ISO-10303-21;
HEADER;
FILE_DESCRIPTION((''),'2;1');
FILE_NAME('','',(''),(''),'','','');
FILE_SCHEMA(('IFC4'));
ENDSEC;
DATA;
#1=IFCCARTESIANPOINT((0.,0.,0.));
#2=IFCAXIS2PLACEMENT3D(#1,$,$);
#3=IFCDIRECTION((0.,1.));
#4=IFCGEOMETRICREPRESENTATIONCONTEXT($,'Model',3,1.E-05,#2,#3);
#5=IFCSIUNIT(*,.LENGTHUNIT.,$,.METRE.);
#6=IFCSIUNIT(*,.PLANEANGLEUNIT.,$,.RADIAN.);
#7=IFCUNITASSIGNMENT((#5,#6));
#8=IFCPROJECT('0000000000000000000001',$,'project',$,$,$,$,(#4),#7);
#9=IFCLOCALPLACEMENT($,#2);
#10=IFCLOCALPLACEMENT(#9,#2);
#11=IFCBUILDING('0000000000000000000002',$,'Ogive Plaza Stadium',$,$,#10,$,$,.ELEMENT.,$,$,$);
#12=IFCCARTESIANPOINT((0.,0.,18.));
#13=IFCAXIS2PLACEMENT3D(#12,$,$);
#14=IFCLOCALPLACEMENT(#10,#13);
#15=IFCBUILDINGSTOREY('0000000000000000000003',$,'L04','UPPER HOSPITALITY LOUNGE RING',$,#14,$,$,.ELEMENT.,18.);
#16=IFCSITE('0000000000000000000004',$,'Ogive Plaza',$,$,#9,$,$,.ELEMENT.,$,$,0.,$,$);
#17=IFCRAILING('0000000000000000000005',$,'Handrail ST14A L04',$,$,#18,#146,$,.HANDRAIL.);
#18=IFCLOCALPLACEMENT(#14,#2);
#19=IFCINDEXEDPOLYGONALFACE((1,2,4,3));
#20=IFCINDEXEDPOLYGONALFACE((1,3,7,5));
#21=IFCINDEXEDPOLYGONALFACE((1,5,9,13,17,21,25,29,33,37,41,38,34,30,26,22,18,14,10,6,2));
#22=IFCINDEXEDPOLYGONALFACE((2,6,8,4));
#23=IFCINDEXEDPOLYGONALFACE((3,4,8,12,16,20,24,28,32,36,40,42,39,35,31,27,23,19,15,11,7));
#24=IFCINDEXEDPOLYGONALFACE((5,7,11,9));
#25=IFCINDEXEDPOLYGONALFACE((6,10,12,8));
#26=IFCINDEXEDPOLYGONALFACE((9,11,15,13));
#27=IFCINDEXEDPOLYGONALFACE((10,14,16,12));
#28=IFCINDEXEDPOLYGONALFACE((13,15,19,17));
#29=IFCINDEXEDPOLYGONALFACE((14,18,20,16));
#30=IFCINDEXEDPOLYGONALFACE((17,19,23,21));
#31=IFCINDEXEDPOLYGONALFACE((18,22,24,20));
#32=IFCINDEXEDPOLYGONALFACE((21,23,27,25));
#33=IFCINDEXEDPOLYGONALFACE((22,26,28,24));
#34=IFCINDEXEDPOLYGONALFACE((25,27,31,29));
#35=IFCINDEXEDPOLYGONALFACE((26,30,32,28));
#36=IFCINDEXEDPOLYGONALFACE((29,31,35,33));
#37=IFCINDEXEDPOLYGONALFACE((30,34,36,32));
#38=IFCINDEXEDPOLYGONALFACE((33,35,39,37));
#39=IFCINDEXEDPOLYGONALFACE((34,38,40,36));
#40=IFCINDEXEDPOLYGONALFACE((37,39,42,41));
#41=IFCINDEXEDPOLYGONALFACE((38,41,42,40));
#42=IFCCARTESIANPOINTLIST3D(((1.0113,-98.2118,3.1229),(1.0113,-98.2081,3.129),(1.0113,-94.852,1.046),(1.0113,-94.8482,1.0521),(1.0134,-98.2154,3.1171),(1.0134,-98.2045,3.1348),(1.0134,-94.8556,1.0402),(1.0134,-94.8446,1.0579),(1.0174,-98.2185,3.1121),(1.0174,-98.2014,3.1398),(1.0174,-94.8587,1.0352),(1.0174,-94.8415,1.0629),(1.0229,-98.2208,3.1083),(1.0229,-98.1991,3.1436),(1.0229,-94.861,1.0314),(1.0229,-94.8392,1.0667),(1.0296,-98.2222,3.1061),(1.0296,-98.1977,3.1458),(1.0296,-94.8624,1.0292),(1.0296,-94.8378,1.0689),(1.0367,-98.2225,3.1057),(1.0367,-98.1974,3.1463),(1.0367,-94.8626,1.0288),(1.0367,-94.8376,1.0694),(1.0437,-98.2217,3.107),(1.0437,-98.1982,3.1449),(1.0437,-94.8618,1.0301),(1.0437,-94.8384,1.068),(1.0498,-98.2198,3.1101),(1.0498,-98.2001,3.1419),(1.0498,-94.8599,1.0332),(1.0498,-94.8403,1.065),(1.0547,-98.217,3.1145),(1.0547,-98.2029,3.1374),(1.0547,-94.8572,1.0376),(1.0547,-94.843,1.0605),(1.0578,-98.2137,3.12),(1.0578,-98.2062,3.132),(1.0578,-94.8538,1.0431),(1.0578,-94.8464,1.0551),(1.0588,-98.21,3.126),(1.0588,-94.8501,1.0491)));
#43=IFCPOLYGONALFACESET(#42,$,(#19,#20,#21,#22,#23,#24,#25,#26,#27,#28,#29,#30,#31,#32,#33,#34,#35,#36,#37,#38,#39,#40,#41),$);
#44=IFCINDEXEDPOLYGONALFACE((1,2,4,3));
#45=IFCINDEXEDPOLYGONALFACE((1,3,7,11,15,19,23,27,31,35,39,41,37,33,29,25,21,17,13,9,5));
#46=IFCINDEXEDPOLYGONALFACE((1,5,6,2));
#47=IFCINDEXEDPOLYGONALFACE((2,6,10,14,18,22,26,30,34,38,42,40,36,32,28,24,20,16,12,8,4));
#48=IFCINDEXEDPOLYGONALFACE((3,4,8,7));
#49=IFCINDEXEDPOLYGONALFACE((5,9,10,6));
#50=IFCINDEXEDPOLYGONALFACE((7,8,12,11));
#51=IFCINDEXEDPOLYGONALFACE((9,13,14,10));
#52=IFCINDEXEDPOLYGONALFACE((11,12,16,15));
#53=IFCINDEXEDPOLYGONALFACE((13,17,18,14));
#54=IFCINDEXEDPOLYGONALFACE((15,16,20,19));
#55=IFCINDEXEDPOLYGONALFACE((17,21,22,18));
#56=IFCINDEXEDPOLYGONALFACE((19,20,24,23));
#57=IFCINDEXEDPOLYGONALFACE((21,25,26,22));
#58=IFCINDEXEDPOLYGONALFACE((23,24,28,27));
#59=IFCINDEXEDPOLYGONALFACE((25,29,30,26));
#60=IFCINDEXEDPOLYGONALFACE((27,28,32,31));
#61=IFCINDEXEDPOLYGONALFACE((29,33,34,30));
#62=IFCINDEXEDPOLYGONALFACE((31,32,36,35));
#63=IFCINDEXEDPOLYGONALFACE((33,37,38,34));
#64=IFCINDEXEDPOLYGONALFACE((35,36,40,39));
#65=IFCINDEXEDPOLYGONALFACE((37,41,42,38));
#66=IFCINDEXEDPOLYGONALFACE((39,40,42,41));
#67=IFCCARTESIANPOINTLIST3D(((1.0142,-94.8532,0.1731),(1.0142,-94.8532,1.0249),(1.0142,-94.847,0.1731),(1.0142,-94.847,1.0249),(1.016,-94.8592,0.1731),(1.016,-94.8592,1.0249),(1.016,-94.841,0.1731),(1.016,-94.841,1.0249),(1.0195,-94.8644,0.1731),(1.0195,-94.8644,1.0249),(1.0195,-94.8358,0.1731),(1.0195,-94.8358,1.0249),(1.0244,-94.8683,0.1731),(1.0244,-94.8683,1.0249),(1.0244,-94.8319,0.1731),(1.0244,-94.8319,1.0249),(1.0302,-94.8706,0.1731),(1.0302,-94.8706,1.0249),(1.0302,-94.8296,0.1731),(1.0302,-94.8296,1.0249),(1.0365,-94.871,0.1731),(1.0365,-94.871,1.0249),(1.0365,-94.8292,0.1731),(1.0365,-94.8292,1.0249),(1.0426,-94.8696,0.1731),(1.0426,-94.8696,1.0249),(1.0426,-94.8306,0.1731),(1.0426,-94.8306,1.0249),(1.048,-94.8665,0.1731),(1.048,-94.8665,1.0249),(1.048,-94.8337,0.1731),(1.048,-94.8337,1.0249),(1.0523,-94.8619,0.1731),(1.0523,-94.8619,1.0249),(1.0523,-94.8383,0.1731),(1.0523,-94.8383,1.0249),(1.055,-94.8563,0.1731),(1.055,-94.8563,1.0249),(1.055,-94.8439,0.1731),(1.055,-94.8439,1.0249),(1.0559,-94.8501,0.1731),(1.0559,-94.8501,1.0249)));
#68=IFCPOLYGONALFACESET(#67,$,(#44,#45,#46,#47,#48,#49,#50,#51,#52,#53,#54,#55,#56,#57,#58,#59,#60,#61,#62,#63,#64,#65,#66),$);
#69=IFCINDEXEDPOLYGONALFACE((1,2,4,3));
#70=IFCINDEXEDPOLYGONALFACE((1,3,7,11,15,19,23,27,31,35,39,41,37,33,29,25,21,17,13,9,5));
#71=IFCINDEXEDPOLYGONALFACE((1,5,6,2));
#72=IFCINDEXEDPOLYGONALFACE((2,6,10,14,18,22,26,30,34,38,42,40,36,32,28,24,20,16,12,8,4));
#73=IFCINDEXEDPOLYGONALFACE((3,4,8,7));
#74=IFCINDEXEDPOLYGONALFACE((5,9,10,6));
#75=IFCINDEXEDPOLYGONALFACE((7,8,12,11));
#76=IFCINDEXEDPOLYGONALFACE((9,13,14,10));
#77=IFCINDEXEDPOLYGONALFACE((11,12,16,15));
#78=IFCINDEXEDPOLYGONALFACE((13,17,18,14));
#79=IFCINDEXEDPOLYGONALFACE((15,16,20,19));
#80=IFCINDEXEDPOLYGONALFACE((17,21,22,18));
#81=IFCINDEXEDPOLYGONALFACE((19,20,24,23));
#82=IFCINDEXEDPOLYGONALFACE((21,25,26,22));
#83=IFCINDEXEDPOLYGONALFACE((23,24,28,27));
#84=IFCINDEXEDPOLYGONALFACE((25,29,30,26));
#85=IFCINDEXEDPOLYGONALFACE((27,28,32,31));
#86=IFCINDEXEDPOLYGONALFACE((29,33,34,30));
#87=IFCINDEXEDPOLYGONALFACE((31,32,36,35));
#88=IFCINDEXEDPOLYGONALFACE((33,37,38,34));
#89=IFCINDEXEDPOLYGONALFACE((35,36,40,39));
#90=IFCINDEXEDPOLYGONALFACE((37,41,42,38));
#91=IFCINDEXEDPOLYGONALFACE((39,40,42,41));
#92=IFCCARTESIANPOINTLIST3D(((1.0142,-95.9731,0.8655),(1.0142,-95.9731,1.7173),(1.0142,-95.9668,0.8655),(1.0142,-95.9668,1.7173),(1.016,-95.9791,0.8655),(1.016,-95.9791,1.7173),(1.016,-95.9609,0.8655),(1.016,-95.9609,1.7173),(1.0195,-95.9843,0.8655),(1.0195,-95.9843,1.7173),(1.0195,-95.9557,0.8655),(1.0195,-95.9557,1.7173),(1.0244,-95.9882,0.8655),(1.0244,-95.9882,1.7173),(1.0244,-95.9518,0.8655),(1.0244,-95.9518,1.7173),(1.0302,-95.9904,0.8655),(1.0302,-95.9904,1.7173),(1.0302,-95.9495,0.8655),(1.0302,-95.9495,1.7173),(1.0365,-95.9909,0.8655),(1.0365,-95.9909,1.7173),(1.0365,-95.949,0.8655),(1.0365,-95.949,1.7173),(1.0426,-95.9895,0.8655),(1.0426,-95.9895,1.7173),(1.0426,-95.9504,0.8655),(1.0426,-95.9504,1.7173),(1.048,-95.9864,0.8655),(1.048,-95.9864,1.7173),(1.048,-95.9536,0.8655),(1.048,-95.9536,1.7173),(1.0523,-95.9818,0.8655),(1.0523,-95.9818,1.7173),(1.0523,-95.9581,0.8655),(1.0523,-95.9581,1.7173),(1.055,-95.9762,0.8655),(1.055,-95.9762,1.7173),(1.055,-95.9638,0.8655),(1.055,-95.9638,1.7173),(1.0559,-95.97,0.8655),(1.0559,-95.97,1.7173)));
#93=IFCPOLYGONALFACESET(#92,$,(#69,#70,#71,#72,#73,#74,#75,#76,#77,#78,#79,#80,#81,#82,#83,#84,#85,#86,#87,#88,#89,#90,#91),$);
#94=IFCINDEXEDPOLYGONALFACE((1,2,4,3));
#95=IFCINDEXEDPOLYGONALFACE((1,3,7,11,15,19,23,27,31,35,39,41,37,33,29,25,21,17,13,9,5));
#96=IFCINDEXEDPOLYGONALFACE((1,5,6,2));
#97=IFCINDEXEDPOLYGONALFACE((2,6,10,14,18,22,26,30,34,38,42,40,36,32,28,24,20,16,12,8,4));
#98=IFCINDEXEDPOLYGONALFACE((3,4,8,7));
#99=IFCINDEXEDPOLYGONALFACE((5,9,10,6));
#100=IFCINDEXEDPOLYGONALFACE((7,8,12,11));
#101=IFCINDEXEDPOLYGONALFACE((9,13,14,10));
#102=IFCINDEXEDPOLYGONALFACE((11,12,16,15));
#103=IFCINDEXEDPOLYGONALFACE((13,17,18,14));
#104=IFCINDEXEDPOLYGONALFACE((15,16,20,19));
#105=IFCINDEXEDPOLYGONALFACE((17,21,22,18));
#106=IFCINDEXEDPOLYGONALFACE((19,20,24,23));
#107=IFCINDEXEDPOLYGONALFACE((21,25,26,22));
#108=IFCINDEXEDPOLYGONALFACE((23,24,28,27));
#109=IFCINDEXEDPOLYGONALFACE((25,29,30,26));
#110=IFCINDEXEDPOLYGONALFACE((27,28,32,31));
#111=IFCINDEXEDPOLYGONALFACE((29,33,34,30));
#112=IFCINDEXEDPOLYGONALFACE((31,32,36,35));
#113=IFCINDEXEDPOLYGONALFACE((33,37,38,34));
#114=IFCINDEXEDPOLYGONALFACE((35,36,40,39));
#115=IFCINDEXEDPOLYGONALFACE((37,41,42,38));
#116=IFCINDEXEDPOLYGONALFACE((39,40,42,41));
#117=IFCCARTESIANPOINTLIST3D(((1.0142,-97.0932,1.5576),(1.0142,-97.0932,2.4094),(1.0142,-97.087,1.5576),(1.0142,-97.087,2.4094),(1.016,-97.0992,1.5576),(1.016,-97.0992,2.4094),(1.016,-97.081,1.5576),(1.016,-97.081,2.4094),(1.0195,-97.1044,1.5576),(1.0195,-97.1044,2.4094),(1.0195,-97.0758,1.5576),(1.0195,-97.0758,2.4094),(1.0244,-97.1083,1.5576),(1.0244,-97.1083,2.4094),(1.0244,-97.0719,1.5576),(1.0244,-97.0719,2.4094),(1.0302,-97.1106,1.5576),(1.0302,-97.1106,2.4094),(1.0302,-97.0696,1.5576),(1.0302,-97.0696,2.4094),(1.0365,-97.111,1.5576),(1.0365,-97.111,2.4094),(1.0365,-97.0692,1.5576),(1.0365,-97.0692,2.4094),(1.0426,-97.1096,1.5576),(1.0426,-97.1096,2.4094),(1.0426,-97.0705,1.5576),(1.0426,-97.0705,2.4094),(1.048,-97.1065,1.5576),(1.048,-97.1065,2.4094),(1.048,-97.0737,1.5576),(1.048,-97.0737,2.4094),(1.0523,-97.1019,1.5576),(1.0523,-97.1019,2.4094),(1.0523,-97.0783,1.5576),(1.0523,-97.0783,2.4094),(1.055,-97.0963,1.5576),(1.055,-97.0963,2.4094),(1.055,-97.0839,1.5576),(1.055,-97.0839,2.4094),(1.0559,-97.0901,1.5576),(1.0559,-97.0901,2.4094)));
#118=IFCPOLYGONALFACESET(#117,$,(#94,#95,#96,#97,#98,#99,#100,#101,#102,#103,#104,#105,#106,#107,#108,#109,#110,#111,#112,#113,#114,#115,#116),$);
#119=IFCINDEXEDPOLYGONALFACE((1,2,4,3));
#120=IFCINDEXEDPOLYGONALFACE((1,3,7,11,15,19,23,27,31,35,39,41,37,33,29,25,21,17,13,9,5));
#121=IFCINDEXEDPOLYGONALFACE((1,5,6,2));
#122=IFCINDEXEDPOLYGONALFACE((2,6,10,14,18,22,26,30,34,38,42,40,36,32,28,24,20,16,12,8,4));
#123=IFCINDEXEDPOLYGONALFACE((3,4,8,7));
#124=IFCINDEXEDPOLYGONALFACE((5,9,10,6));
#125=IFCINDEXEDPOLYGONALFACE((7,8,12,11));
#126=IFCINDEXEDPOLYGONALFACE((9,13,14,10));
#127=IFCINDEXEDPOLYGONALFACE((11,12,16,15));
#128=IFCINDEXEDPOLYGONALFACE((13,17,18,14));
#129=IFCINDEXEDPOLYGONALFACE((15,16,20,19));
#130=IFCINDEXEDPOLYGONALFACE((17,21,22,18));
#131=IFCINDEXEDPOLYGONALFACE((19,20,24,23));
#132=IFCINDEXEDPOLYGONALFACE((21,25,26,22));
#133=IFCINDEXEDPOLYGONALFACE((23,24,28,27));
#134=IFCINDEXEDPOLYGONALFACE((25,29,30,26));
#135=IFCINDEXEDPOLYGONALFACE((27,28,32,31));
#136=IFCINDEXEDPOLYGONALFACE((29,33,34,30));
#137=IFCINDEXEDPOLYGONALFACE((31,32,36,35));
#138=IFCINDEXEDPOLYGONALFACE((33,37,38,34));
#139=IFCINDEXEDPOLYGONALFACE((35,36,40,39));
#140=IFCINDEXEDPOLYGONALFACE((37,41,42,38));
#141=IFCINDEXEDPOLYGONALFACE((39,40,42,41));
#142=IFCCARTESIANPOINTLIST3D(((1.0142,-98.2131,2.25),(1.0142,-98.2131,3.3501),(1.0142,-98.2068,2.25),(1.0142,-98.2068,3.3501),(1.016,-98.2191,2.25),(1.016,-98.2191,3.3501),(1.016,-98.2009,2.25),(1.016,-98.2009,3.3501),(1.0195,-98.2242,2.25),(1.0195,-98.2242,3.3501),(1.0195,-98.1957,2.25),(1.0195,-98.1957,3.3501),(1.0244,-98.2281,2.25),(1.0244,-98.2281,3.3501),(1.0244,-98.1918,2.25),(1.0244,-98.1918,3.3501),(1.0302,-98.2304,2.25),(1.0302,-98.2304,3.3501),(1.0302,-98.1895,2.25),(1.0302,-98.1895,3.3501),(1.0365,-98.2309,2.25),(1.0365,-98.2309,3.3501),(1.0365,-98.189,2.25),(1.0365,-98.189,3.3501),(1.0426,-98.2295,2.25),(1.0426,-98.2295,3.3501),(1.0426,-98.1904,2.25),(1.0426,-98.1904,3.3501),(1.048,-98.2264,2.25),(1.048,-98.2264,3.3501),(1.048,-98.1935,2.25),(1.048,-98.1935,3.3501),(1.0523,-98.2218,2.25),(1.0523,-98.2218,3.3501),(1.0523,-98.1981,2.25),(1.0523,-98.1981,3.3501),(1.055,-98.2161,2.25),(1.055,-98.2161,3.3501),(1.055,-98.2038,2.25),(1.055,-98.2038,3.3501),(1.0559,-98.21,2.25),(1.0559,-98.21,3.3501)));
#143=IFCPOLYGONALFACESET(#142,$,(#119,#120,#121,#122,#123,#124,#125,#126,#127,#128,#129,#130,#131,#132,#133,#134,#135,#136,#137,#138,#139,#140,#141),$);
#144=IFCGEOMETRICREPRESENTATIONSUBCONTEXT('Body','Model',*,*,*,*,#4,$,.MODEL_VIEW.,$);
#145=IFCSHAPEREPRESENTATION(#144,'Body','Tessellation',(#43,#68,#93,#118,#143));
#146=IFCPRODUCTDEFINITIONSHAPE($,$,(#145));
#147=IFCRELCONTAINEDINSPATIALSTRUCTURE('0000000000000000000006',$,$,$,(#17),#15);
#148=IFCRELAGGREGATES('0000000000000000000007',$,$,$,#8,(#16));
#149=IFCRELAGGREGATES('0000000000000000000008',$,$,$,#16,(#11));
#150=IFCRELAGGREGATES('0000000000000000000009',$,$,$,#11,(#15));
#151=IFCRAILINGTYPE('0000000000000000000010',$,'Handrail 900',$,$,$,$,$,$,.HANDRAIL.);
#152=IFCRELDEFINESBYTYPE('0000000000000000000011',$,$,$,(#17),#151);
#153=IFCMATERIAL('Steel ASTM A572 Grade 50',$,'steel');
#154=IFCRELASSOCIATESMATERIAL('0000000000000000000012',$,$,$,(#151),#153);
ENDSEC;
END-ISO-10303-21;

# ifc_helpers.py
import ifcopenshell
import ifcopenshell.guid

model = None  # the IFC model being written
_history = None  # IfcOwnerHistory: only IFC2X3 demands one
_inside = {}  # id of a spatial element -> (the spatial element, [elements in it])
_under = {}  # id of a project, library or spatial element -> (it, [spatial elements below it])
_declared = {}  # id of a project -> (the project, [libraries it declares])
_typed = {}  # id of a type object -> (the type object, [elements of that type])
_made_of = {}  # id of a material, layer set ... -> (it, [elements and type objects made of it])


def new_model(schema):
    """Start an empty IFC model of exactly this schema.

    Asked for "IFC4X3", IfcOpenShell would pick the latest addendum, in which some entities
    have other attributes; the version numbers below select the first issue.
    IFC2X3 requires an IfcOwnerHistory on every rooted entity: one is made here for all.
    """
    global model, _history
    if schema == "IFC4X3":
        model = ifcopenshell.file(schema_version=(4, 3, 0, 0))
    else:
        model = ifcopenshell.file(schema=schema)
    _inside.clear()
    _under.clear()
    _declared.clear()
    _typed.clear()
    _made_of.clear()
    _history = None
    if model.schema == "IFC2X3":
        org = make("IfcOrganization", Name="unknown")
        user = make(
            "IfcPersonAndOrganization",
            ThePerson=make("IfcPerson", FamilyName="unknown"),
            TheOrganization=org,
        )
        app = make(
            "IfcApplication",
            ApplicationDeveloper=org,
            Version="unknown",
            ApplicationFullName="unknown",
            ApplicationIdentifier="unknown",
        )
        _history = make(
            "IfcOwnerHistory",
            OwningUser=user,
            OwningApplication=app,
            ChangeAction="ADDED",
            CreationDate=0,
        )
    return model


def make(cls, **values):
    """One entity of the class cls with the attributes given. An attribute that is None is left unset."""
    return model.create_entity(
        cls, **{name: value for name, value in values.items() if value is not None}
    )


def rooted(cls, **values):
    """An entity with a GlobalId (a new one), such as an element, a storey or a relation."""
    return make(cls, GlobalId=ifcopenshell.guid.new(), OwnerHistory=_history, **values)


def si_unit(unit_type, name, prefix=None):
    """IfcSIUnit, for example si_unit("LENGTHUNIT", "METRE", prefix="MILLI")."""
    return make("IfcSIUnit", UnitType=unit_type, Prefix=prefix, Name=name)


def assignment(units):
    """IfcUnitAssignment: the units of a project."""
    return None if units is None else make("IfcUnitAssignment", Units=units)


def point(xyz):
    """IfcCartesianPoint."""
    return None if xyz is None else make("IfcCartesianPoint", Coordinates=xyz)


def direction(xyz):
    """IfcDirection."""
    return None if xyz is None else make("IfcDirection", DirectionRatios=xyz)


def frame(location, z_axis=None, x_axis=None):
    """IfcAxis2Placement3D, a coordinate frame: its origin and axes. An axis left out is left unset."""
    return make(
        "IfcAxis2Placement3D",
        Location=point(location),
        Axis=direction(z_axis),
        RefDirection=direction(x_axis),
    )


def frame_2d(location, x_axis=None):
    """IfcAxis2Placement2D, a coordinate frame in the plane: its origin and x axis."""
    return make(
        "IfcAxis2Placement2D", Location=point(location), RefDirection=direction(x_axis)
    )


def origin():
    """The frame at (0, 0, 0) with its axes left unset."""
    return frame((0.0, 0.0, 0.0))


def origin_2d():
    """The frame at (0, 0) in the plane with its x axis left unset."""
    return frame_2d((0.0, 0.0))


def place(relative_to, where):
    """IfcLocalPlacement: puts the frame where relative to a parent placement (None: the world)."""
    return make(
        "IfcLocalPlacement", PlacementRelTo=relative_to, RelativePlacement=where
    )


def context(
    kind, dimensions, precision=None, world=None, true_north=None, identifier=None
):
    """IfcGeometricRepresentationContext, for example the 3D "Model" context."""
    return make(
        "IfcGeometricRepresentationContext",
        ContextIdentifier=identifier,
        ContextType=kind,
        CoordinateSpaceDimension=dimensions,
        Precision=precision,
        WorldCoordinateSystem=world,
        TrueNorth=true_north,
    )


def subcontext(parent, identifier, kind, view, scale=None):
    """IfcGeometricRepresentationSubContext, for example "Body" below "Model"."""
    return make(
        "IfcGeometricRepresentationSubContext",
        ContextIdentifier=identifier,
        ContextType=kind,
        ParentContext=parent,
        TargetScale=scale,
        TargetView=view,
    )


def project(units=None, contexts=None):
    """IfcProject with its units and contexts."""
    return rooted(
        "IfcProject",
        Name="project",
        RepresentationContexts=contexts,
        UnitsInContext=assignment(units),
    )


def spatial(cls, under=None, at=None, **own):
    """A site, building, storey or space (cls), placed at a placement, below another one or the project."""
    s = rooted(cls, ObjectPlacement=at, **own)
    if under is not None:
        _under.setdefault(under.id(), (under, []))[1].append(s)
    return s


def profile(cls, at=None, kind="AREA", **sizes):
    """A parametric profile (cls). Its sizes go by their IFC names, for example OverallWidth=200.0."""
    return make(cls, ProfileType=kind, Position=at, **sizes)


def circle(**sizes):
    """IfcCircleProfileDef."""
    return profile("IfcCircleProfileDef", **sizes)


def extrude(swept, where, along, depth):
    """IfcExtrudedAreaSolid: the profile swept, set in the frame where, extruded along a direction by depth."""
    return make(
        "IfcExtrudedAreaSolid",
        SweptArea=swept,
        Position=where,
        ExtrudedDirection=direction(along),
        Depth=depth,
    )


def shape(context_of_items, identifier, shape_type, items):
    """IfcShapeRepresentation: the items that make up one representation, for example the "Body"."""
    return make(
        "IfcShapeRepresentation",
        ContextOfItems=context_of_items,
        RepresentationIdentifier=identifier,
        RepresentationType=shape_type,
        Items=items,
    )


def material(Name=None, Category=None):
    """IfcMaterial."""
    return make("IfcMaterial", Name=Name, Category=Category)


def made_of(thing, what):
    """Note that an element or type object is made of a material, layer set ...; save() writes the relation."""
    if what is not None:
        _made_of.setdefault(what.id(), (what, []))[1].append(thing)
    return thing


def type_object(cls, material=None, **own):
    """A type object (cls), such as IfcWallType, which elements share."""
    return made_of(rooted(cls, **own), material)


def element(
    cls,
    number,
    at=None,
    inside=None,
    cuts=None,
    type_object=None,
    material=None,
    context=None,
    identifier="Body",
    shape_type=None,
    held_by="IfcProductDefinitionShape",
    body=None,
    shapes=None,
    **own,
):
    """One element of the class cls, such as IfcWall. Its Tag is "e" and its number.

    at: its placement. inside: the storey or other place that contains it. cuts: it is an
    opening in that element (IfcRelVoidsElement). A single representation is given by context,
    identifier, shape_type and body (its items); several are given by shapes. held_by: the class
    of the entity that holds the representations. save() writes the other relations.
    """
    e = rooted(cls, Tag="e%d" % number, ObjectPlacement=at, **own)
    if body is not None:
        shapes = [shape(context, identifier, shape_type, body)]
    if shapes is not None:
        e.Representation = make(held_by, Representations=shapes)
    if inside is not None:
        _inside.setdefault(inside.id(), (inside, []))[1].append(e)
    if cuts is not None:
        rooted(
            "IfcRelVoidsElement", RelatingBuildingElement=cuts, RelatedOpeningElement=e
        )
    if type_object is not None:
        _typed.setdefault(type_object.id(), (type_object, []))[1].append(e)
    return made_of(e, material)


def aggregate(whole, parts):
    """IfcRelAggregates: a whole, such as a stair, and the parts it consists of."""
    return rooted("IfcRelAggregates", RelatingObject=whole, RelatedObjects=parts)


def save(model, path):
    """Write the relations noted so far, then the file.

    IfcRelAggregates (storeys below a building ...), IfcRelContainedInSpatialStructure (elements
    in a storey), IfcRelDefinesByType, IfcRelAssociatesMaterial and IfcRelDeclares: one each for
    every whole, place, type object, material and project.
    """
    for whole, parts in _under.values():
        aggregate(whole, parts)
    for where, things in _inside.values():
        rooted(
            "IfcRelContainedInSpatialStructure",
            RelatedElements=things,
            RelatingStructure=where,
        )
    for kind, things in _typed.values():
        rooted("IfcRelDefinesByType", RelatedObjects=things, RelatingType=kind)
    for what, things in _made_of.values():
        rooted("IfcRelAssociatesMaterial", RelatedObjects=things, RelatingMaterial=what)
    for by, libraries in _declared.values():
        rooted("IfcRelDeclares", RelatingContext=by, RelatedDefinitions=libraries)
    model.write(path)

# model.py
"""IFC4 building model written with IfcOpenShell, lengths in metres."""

from ifc_helpers import new_model, si_unit, direction, frame, origin, origin_2d, place, context, subcontext, project, spatial, circle, extrude, material, type_object, element, save


model = new_model("IFC4")

# Units and contexts
model_context = context("Model", 3, precision=1e-05, world=origin(), true_north=direction((0.0, 1.0)))
body_context = subcontext(model_context, "Body", "Model", "MODEL_VIEW")
ifc_project = project(units=[si_unit("LENGTHUNIT", "METRE"), si_unit("PLANEANGLEUNIT", "RADIAN")], contexts=[model_context])

# Site, building, storey
site_placement = place(None, origin())
site = spatial("IfcSite", under=ifc_project, at=site_placement, Name="Ogive Plaza", CompositionType="ELEMENT", RefElevation=0.0)
building_placement = place(site_placement, origin())
building = spatial("IfcBuilding", under=site, at=building_placement, Name="Ogive Plaza Stadium", CompositionType="ELEMENT")
storey_placement = place(building_placement, frame((0.0, 0.0, 18.0)))
storey = spatial("IfcBuildingStorey", under=building, at=storey_placement, Name="L04", Description="UPPER HOSPITALITY LOUNGE RING", CompositionType="ELEMENT", Elevation=18.0)

# Railing
ifc_material_1 = material(Name="Steel ASTM A572 Grade 50", Category="steel")
railing_type_1 = type_object("IfcRailingType", Name="Handrail 900", PredefinedType="HANDRAIL", material=ifc_material_1)
for number, where, name in (
    (1, (1.0349, -94.8501, 0.1731), "Handrail ST14A L04"),
):
    element("IfcRailing", number, at=place(storey_placement, frame(where)), inside=storey, type_object=railing_type_1, Name=name, PredefinedType="HANDRAIL", context=body_context, shape_type="SweptSolid", body=[
        extrude(circle(Radius=0.0239, at=origin_2d()), frame((0.0, 0.0, 0.876), z_axis=(0.0, -0.850606, 0.525803), x_axis=(1.0, 0.0, 0.0)), (0.0, 0.0, 1.0), 3.95),
        extrude(circle(Radius=0.021, at=origin_2d()), origin(), (0.0, 0.0, 1.0), 0.8518),
        extrude(circle(Radius=0.021, at=origin_2d()), frame((0.0, -1.1199, 0.6924)), (0.0, 0.0, 1.0), 0.8518),
        extrude(circle(Radius=0.021, at=origin_2d()), frame((0.0, -2.24, 1.3845)), (0.0, 0.0, 1.0), 0.8518),
        extrude(circle(Radius=0.021, at=origin_2d()), frame((0.0, -3.3599, 2.0769)), (0.0, 0.0, 1.0), 1.1001),
    ])

save(model, "model.ifc")
